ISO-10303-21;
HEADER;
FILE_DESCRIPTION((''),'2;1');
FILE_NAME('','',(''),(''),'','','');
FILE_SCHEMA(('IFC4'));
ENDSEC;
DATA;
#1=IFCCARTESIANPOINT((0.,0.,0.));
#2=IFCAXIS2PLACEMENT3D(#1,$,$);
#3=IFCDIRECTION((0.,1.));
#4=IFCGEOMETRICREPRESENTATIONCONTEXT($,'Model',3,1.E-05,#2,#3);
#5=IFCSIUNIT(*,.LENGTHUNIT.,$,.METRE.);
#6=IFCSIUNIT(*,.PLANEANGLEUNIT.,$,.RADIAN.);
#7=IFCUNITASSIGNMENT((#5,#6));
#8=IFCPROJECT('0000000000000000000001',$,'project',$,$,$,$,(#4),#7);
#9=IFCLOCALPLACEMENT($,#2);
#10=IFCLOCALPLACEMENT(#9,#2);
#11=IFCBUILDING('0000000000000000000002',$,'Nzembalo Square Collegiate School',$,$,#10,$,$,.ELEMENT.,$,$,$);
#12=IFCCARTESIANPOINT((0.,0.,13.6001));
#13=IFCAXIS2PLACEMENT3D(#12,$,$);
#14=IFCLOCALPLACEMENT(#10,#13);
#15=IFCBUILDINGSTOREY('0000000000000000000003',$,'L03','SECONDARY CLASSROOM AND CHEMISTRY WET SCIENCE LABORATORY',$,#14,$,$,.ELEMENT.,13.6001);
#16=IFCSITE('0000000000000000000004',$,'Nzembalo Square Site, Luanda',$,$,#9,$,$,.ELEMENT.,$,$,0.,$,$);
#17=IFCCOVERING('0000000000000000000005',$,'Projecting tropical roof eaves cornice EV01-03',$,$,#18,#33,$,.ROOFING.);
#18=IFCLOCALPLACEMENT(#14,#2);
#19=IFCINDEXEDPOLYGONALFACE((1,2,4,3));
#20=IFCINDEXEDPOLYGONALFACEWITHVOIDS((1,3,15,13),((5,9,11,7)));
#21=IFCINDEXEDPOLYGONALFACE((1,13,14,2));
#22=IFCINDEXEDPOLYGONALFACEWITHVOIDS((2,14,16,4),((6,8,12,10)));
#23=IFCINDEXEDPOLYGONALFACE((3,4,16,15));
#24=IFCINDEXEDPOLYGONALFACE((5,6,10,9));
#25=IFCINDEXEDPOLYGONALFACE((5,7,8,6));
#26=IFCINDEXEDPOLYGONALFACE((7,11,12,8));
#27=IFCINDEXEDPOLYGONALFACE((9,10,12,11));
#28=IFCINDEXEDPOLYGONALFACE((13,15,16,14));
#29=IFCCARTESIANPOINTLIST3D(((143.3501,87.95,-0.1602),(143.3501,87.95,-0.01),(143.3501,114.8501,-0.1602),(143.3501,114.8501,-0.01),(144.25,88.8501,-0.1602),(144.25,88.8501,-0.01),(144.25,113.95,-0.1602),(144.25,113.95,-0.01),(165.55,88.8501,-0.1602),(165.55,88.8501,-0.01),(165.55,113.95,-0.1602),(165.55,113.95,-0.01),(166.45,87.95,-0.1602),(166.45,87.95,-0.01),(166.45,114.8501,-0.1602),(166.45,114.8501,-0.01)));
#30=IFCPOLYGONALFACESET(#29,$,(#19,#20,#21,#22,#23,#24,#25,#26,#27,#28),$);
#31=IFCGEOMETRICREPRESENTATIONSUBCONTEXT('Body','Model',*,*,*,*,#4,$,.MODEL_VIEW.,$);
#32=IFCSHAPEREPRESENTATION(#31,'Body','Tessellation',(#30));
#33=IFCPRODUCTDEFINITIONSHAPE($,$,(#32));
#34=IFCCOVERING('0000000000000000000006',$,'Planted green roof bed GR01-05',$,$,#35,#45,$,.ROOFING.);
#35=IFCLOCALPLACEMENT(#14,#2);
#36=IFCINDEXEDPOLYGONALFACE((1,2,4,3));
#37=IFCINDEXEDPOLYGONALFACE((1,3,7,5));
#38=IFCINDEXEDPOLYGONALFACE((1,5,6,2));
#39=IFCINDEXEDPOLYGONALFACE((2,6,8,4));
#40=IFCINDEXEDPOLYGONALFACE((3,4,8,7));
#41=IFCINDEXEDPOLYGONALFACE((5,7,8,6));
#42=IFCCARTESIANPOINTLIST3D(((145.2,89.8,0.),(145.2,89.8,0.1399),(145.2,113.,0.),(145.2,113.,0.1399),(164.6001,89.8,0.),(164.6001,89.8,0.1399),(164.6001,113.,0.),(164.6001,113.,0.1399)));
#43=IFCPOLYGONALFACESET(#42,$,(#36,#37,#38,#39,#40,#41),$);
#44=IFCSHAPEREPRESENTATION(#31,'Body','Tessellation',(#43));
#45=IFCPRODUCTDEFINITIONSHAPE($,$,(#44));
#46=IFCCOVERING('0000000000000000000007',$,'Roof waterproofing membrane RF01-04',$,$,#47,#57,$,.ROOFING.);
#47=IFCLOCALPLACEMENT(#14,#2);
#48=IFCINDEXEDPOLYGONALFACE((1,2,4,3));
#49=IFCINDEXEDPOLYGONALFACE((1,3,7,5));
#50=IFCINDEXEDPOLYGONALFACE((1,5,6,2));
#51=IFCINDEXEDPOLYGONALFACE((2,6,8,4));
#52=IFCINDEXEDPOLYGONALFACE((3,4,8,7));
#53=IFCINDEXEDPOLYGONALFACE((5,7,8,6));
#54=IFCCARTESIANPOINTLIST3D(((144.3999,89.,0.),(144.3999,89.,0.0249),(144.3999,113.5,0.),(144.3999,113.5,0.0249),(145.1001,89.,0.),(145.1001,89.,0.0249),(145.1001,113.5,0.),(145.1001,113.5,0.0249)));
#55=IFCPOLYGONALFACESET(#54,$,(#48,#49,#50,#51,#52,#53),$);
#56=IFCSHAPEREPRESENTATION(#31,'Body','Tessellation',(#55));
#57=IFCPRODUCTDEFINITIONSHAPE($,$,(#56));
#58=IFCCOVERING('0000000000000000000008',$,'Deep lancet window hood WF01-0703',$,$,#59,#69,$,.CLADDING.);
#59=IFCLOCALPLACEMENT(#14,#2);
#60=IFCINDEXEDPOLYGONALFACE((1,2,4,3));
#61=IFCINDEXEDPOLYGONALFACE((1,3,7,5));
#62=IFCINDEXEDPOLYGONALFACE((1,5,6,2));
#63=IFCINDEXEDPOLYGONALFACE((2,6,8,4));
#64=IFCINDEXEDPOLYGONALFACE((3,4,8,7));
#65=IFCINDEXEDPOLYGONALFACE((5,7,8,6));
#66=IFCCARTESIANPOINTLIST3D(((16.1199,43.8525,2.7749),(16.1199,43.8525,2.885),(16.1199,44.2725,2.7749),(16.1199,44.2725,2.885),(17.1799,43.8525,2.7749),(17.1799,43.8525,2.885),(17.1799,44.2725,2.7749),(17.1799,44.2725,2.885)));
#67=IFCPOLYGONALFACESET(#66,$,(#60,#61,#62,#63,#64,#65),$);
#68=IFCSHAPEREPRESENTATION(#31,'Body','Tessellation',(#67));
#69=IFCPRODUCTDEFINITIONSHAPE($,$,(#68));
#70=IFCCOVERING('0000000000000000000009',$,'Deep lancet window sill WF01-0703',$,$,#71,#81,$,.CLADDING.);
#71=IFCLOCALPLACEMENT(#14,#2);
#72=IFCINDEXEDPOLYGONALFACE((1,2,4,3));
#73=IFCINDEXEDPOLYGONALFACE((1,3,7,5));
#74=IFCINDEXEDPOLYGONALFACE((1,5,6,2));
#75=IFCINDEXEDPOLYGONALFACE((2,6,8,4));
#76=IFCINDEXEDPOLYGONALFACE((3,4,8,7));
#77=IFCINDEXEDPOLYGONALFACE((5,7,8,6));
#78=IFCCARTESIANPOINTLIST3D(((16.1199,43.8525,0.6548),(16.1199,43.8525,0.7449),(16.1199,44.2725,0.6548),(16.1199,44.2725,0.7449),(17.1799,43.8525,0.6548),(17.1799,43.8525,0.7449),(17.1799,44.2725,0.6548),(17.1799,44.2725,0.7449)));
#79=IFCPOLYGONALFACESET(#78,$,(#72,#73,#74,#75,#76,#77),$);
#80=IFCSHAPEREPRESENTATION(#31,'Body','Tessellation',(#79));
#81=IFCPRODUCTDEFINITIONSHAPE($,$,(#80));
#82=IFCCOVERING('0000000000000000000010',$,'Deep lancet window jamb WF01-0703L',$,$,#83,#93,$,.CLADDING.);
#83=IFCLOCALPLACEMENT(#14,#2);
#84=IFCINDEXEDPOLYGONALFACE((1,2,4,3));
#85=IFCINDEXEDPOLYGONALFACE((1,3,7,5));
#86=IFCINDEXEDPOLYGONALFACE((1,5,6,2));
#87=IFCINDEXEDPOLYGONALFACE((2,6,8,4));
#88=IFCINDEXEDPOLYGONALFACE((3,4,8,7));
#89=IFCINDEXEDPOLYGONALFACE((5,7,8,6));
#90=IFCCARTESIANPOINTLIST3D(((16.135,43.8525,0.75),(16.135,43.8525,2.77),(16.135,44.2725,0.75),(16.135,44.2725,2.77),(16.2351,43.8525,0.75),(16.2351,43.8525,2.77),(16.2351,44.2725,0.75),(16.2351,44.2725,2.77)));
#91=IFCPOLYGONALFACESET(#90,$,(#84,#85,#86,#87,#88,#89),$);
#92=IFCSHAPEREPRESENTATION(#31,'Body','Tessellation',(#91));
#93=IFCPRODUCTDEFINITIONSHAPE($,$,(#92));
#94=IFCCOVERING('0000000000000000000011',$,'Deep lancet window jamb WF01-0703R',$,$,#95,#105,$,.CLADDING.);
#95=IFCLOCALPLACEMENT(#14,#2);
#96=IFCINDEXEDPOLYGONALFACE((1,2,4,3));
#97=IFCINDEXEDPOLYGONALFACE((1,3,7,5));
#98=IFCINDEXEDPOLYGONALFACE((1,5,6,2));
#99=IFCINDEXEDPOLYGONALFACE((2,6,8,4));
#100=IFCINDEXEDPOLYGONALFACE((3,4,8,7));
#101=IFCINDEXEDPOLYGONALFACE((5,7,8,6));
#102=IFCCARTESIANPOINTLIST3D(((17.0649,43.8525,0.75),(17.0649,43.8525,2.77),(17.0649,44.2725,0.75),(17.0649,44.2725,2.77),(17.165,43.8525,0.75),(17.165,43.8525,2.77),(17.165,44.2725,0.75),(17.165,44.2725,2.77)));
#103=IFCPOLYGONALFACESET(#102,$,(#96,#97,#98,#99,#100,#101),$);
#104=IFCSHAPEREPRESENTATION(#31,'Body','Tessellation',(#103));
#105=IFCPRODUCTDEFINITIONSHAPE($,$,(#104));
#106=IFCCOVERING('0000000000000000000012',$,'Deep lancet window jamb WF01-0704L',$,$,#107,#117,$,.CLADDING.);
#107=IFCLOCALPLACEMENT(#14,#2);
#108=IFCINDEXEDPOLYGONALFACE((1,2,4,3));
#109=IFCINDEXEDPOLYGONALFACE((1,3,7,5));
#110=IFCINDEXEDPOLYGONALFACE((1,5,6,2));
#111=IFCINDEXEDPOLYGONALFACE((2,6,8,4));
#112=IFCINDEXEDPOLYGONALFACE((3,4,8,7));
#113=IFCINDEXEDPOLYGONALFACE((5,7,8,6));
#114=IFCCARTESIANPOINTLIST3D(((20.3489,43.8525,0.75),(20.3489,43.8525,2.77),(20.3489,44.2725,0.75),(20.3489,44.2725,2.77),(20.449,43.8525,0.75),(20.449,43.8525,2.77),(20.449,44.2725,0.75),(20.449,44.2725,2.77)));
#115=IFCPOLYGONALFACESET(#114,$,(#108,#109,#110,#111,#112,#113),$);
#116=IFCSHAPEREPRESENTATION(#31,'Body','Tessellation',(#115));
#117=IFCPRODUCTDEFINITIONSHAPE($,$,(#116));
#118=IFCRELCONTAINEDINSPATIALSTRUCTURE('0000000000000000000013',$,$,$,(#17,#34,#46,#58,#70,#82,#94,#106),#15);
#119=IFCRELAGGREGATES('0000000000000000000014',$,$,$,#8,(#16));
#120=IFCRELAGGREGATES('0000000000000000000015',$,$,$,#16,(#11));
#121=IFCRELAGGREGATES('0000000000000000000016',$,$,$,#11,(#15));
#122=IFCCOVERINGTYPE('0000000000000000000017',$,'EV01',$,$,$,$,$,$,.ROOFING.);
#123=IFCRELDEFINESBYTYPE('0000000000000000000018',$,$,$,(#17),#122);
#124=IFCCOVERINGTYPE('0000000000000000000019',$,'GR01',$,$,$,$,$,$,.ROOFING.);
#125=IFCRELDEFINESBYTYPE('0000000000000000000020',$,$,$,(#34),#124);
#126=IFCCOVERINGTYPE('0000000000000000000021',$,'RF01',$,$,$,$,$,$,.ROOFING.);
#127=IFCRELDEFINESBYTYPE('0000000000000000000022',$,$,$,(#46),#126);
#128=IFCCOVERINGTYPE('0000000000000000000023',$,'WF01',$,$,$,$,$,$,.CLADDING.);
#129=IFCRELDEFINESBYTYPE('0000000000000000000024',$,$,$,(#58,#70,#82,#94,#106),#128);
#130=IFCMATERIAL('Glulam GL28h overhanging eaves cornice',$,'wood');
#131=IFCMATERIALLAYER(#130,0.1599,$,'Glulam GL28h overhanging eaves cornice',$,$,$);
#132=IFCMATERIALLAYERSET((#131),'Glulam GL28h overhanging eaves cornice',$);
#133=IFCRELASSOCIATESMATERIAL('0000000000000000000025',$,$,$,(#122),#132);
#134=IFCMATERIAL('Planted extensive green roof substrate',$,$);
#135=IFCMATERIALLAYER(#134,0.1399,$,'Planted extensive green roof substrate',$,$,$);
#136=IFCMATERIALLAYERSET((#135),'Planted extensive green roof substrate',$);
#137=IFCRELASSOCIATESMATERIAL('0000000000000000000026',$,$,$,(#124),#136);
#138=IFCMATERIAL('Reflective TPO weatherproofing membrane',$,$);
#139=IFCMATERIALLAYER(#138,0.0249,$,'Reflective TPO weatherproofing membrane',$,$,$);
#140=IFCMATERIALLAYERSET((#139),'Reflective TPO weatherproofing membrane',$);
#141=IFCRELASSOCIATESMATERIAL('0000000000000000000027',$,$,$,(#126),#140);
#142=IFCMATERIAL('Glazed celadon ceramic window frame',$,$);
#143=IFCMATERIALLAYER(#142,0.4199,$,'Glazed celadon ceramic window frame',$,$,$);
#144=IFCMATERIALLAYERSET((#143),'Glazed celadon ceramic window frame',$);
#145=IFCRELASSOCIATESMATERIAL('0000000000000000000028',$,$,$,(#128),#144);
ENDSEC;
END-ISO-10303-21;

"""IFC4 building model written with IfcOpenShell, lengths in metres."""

from ifc_helpers import new_model, si_unit, direction, frame, origin, origin_2d, place, context, subcontext, project, spatial, polyline, rectangle, outline, extrude, material, layer, layer_set, type_object, element, save


model = new_model("IFC4")

# Units and contexts
model_context = context("Model", 3, precision=1e-05, world=origin(), true_north=direction((0.0, 1.0)))
body_context = subcontext(model_context, "Body", "Model", "MODEL_VIEW")
ifc_project = project(units=[si_unit("LENGTHUNIT", "METRE"), si_unit("PLANEANGLEUNIT", "RADIAN")], contexts=[model_context])

# Site, building, storey
site_placement = place(None, origin())
site = spatial("IfcSite", under=ifc_project, at=site_placement, Name="Nzembalo Square Site, Luanda", CompositionType="ELEMENT", RefElevation=0.0)
building_placement = place(site_placement, origin())
building = spatial("IfcBuilding", under=site, at=building_placement, Name="Nzembalo Square Collegiate School", CompositionType="ELEMENT")
storey_placement = place(building_placement, frame((0.0, 0.0, 13.6001)))
storey = spatial("IfcBuildingStorey", under=building, at=storey_placement, Name="L03", Description="SECONDARY CLASSROOM AND CHEMISTRY WET SCIENCE LABORATORY", CompositionType="ELEMENT", Elevation=13.6001)

# Coverings
ifc_material_1 = material(Name="Glulam GL28h overhanging eaves cornice", Category="wood")
ifc_layer_1 = layer(ifc_material_1, 0.1599, Name="Glulam GL28h overhanging eaves cornice")
ifc_layer_set_1 = layer_set([ifc_layer_1], Name="Glulam GL28h overhanging eaves cornice")
covering_type_1 = type_object("IfcCoveringType", Name="EV01", PredefinedType="ROOFING", material=ifc_layer_set_1)
covering_1_placement = place(storey_placement, frame((0.0, 0.0, -0.1602)))
element("IfcCovering", 1, at=covering_1_placement, inside=storey, type_object=covering_type_1, Name="Projecting tropical roof eaves cornice EV01-03", PredefinedType="ROOFING", context=body_context, shape_type="SweptSolid", body=[
    extrude(outline(polyline([(143.3501, 87.95), (166.45, 87.95), (166.45, 114.8501), (143.3501, 114.8501), (143.3501, 87.95)]), holes=[polyline([(144.25, 88.8501), (165.55, 88.8501), (165.55, 113.95), (144.25, 113.95), (144.25, 88.8501)])]), origin(), (0.0, 0.0, 1.0), 0.1501),
])
ifc_material_2 = material(Name="Planted extensive green roof substrate")
ifc_layer_2 = layer(ifc_material_2, 0.1399, Name="Planted extensive green roof substrate")
ifc_layer_set_2 = layer_set([ifc_layer_2], Name="Planted extensive green roof substrate")
covering_type_2 = type_object("IfcCoveringType", Name="GR01", PredefinedType="ROOFING", material=ifc_layer_set_2)
covering_2_placement = place(storey_placement, origin())
element("IfcCovering", 2, at=covering_2_placement, inside=storey, type_object=covering_type_2, Name="Planted green roof bed GR01-05", PredefinedType="ROOFING", context=body_context, shape_type="SweptSolid", body=[
    extrude(outline(polyline([(145.2, 89.8), (164.6001, 89.8), (164.6001, 113.0), (145.2, 113.0), (145.2, 89.8)])), origin(), (0.0, 0.0, 1.0), 0.1399),
])
ifc_material_3 = material(Name="Reflective TPO weatherproofing membrane")
ifc_layer_3 = layer(ifc_material_3, 0.0249, Name="Reflective TPO weatherproofing membrane")
ifc_layer_set_3 = layer_set([ifc_layer_3], Name="Reflective TPO weatherproofing membrane")
covering_type_3 = type_object("IfcCoveringType", Name="RF01", PredefinedType="ROOFING", material=ifc_layer_set_3)
covering_3_placement = place(storey_placement, origin())
element("IfcCovering", 3, at=covering_3_placement, inside=storey, type_object=covering_type_3, Name="Roof waterproofing membrane RF01-04", PredefinedType="ROOFING", context=body_context, shape_type="SweptSolid", body=[
    extrude(outline(polyline([(144.3999, 89.0), (145.1001, 89.0), (145.1001, 113.5), (144.3999, 113.5), (144.3999, 89.0)])), origin(), (0.0, 0.0, 1.0), 0.0249),
])
ifc_material_4 = material(Name="Glazed celadon ceramic window frame")
ifc_layer_4 = layer(ifc_material_4, 0.4199, Name="Glazed celadon ceramic window frame")
ifc_layer_set_4 = layer_set([ifc_layer_4], Name="Glazed celadon ceramic window frame")
covering_type_4 = type_object("IfcCoveringType", Name="WF01", PredefinedType="CLADDING", material=ifc_layer_set_4)
covering_4_placement = place(storey_placement, frame((16.6499, 44.0625, 2.7749), z_axis=(0.0, 0.0, 1.0), x_axis=(1.0, 0.0, 0.0)))
element("IfcCovering", 4, at=covering_4_placement, inside=storey, type_object=covering_type_4, Name="Deep lancet window hood WF01-0703", PredefinedType="CLADDING", context=body_context, shape_type="SweptSolid", body=[
    extrude(rectangle(XDim=1.0601, YDim=0.4199, at=origin_2d()), origin(), (0.0, 0.0, 1.0), 0.1101),
])
covering_5_placement = place(storey_placement, frame((16.6499, 44.0625, 0.6548), z_axis=(0.0, 0.0, 1.0), x_axis=(1.0, 0.0, 0.0)))
element("IfcCovering", 5, at=covering_5_placement, inside=storey, type_object=covering_type_4, Name="Deep lancet window sill WF01-0703", PredefinedType="CLADDING", context=body_context, shape_type="SweptSolid", body=[
    extrude(rectangle(XDim=1.0601, YDim=0.4199, at=origin_2d()), origin(), (0.0, 0.0, 1.0), 0.0901),
])
for number, where, z_axis, x_axis, name in (
    (6, (16.1851, 44.0625, 0.75), (0.0, 0.0, 1.0), (1.0, 0.0, 0.0), "Deep lancet window jamb WF01-0703L"),
    (7, (17.115, 44.0625, 0.75), (0.0, 0.0, 1.0), (1.0, 0.0, 0.0), "Deep lancet window jamb WF01-0703R"),
    (8, (20.3989, 44.0625, 0.75), (0.0, 0.0, 1.0), (1.0, 0.0, 0.0), "Deep lancet window jamb WF01-0704L"),
):
    element("IfcCovering", number, at=place(storey_placement, frame(where, z_axis=z_axis, x_axis=x_axis)), inside=storey, type_object=covering_type_4, Name=name, PredefinedType="CLADDING", context=body_context, shape_type="SweptSolid", body=[
        extrude(rectangle(XDim=0.1001, YDim=0.4199, at=origin_2d()), origin(), (0.0, 0.0, 1.0), 2.02),
    ])

save(model, "model.ifc")
